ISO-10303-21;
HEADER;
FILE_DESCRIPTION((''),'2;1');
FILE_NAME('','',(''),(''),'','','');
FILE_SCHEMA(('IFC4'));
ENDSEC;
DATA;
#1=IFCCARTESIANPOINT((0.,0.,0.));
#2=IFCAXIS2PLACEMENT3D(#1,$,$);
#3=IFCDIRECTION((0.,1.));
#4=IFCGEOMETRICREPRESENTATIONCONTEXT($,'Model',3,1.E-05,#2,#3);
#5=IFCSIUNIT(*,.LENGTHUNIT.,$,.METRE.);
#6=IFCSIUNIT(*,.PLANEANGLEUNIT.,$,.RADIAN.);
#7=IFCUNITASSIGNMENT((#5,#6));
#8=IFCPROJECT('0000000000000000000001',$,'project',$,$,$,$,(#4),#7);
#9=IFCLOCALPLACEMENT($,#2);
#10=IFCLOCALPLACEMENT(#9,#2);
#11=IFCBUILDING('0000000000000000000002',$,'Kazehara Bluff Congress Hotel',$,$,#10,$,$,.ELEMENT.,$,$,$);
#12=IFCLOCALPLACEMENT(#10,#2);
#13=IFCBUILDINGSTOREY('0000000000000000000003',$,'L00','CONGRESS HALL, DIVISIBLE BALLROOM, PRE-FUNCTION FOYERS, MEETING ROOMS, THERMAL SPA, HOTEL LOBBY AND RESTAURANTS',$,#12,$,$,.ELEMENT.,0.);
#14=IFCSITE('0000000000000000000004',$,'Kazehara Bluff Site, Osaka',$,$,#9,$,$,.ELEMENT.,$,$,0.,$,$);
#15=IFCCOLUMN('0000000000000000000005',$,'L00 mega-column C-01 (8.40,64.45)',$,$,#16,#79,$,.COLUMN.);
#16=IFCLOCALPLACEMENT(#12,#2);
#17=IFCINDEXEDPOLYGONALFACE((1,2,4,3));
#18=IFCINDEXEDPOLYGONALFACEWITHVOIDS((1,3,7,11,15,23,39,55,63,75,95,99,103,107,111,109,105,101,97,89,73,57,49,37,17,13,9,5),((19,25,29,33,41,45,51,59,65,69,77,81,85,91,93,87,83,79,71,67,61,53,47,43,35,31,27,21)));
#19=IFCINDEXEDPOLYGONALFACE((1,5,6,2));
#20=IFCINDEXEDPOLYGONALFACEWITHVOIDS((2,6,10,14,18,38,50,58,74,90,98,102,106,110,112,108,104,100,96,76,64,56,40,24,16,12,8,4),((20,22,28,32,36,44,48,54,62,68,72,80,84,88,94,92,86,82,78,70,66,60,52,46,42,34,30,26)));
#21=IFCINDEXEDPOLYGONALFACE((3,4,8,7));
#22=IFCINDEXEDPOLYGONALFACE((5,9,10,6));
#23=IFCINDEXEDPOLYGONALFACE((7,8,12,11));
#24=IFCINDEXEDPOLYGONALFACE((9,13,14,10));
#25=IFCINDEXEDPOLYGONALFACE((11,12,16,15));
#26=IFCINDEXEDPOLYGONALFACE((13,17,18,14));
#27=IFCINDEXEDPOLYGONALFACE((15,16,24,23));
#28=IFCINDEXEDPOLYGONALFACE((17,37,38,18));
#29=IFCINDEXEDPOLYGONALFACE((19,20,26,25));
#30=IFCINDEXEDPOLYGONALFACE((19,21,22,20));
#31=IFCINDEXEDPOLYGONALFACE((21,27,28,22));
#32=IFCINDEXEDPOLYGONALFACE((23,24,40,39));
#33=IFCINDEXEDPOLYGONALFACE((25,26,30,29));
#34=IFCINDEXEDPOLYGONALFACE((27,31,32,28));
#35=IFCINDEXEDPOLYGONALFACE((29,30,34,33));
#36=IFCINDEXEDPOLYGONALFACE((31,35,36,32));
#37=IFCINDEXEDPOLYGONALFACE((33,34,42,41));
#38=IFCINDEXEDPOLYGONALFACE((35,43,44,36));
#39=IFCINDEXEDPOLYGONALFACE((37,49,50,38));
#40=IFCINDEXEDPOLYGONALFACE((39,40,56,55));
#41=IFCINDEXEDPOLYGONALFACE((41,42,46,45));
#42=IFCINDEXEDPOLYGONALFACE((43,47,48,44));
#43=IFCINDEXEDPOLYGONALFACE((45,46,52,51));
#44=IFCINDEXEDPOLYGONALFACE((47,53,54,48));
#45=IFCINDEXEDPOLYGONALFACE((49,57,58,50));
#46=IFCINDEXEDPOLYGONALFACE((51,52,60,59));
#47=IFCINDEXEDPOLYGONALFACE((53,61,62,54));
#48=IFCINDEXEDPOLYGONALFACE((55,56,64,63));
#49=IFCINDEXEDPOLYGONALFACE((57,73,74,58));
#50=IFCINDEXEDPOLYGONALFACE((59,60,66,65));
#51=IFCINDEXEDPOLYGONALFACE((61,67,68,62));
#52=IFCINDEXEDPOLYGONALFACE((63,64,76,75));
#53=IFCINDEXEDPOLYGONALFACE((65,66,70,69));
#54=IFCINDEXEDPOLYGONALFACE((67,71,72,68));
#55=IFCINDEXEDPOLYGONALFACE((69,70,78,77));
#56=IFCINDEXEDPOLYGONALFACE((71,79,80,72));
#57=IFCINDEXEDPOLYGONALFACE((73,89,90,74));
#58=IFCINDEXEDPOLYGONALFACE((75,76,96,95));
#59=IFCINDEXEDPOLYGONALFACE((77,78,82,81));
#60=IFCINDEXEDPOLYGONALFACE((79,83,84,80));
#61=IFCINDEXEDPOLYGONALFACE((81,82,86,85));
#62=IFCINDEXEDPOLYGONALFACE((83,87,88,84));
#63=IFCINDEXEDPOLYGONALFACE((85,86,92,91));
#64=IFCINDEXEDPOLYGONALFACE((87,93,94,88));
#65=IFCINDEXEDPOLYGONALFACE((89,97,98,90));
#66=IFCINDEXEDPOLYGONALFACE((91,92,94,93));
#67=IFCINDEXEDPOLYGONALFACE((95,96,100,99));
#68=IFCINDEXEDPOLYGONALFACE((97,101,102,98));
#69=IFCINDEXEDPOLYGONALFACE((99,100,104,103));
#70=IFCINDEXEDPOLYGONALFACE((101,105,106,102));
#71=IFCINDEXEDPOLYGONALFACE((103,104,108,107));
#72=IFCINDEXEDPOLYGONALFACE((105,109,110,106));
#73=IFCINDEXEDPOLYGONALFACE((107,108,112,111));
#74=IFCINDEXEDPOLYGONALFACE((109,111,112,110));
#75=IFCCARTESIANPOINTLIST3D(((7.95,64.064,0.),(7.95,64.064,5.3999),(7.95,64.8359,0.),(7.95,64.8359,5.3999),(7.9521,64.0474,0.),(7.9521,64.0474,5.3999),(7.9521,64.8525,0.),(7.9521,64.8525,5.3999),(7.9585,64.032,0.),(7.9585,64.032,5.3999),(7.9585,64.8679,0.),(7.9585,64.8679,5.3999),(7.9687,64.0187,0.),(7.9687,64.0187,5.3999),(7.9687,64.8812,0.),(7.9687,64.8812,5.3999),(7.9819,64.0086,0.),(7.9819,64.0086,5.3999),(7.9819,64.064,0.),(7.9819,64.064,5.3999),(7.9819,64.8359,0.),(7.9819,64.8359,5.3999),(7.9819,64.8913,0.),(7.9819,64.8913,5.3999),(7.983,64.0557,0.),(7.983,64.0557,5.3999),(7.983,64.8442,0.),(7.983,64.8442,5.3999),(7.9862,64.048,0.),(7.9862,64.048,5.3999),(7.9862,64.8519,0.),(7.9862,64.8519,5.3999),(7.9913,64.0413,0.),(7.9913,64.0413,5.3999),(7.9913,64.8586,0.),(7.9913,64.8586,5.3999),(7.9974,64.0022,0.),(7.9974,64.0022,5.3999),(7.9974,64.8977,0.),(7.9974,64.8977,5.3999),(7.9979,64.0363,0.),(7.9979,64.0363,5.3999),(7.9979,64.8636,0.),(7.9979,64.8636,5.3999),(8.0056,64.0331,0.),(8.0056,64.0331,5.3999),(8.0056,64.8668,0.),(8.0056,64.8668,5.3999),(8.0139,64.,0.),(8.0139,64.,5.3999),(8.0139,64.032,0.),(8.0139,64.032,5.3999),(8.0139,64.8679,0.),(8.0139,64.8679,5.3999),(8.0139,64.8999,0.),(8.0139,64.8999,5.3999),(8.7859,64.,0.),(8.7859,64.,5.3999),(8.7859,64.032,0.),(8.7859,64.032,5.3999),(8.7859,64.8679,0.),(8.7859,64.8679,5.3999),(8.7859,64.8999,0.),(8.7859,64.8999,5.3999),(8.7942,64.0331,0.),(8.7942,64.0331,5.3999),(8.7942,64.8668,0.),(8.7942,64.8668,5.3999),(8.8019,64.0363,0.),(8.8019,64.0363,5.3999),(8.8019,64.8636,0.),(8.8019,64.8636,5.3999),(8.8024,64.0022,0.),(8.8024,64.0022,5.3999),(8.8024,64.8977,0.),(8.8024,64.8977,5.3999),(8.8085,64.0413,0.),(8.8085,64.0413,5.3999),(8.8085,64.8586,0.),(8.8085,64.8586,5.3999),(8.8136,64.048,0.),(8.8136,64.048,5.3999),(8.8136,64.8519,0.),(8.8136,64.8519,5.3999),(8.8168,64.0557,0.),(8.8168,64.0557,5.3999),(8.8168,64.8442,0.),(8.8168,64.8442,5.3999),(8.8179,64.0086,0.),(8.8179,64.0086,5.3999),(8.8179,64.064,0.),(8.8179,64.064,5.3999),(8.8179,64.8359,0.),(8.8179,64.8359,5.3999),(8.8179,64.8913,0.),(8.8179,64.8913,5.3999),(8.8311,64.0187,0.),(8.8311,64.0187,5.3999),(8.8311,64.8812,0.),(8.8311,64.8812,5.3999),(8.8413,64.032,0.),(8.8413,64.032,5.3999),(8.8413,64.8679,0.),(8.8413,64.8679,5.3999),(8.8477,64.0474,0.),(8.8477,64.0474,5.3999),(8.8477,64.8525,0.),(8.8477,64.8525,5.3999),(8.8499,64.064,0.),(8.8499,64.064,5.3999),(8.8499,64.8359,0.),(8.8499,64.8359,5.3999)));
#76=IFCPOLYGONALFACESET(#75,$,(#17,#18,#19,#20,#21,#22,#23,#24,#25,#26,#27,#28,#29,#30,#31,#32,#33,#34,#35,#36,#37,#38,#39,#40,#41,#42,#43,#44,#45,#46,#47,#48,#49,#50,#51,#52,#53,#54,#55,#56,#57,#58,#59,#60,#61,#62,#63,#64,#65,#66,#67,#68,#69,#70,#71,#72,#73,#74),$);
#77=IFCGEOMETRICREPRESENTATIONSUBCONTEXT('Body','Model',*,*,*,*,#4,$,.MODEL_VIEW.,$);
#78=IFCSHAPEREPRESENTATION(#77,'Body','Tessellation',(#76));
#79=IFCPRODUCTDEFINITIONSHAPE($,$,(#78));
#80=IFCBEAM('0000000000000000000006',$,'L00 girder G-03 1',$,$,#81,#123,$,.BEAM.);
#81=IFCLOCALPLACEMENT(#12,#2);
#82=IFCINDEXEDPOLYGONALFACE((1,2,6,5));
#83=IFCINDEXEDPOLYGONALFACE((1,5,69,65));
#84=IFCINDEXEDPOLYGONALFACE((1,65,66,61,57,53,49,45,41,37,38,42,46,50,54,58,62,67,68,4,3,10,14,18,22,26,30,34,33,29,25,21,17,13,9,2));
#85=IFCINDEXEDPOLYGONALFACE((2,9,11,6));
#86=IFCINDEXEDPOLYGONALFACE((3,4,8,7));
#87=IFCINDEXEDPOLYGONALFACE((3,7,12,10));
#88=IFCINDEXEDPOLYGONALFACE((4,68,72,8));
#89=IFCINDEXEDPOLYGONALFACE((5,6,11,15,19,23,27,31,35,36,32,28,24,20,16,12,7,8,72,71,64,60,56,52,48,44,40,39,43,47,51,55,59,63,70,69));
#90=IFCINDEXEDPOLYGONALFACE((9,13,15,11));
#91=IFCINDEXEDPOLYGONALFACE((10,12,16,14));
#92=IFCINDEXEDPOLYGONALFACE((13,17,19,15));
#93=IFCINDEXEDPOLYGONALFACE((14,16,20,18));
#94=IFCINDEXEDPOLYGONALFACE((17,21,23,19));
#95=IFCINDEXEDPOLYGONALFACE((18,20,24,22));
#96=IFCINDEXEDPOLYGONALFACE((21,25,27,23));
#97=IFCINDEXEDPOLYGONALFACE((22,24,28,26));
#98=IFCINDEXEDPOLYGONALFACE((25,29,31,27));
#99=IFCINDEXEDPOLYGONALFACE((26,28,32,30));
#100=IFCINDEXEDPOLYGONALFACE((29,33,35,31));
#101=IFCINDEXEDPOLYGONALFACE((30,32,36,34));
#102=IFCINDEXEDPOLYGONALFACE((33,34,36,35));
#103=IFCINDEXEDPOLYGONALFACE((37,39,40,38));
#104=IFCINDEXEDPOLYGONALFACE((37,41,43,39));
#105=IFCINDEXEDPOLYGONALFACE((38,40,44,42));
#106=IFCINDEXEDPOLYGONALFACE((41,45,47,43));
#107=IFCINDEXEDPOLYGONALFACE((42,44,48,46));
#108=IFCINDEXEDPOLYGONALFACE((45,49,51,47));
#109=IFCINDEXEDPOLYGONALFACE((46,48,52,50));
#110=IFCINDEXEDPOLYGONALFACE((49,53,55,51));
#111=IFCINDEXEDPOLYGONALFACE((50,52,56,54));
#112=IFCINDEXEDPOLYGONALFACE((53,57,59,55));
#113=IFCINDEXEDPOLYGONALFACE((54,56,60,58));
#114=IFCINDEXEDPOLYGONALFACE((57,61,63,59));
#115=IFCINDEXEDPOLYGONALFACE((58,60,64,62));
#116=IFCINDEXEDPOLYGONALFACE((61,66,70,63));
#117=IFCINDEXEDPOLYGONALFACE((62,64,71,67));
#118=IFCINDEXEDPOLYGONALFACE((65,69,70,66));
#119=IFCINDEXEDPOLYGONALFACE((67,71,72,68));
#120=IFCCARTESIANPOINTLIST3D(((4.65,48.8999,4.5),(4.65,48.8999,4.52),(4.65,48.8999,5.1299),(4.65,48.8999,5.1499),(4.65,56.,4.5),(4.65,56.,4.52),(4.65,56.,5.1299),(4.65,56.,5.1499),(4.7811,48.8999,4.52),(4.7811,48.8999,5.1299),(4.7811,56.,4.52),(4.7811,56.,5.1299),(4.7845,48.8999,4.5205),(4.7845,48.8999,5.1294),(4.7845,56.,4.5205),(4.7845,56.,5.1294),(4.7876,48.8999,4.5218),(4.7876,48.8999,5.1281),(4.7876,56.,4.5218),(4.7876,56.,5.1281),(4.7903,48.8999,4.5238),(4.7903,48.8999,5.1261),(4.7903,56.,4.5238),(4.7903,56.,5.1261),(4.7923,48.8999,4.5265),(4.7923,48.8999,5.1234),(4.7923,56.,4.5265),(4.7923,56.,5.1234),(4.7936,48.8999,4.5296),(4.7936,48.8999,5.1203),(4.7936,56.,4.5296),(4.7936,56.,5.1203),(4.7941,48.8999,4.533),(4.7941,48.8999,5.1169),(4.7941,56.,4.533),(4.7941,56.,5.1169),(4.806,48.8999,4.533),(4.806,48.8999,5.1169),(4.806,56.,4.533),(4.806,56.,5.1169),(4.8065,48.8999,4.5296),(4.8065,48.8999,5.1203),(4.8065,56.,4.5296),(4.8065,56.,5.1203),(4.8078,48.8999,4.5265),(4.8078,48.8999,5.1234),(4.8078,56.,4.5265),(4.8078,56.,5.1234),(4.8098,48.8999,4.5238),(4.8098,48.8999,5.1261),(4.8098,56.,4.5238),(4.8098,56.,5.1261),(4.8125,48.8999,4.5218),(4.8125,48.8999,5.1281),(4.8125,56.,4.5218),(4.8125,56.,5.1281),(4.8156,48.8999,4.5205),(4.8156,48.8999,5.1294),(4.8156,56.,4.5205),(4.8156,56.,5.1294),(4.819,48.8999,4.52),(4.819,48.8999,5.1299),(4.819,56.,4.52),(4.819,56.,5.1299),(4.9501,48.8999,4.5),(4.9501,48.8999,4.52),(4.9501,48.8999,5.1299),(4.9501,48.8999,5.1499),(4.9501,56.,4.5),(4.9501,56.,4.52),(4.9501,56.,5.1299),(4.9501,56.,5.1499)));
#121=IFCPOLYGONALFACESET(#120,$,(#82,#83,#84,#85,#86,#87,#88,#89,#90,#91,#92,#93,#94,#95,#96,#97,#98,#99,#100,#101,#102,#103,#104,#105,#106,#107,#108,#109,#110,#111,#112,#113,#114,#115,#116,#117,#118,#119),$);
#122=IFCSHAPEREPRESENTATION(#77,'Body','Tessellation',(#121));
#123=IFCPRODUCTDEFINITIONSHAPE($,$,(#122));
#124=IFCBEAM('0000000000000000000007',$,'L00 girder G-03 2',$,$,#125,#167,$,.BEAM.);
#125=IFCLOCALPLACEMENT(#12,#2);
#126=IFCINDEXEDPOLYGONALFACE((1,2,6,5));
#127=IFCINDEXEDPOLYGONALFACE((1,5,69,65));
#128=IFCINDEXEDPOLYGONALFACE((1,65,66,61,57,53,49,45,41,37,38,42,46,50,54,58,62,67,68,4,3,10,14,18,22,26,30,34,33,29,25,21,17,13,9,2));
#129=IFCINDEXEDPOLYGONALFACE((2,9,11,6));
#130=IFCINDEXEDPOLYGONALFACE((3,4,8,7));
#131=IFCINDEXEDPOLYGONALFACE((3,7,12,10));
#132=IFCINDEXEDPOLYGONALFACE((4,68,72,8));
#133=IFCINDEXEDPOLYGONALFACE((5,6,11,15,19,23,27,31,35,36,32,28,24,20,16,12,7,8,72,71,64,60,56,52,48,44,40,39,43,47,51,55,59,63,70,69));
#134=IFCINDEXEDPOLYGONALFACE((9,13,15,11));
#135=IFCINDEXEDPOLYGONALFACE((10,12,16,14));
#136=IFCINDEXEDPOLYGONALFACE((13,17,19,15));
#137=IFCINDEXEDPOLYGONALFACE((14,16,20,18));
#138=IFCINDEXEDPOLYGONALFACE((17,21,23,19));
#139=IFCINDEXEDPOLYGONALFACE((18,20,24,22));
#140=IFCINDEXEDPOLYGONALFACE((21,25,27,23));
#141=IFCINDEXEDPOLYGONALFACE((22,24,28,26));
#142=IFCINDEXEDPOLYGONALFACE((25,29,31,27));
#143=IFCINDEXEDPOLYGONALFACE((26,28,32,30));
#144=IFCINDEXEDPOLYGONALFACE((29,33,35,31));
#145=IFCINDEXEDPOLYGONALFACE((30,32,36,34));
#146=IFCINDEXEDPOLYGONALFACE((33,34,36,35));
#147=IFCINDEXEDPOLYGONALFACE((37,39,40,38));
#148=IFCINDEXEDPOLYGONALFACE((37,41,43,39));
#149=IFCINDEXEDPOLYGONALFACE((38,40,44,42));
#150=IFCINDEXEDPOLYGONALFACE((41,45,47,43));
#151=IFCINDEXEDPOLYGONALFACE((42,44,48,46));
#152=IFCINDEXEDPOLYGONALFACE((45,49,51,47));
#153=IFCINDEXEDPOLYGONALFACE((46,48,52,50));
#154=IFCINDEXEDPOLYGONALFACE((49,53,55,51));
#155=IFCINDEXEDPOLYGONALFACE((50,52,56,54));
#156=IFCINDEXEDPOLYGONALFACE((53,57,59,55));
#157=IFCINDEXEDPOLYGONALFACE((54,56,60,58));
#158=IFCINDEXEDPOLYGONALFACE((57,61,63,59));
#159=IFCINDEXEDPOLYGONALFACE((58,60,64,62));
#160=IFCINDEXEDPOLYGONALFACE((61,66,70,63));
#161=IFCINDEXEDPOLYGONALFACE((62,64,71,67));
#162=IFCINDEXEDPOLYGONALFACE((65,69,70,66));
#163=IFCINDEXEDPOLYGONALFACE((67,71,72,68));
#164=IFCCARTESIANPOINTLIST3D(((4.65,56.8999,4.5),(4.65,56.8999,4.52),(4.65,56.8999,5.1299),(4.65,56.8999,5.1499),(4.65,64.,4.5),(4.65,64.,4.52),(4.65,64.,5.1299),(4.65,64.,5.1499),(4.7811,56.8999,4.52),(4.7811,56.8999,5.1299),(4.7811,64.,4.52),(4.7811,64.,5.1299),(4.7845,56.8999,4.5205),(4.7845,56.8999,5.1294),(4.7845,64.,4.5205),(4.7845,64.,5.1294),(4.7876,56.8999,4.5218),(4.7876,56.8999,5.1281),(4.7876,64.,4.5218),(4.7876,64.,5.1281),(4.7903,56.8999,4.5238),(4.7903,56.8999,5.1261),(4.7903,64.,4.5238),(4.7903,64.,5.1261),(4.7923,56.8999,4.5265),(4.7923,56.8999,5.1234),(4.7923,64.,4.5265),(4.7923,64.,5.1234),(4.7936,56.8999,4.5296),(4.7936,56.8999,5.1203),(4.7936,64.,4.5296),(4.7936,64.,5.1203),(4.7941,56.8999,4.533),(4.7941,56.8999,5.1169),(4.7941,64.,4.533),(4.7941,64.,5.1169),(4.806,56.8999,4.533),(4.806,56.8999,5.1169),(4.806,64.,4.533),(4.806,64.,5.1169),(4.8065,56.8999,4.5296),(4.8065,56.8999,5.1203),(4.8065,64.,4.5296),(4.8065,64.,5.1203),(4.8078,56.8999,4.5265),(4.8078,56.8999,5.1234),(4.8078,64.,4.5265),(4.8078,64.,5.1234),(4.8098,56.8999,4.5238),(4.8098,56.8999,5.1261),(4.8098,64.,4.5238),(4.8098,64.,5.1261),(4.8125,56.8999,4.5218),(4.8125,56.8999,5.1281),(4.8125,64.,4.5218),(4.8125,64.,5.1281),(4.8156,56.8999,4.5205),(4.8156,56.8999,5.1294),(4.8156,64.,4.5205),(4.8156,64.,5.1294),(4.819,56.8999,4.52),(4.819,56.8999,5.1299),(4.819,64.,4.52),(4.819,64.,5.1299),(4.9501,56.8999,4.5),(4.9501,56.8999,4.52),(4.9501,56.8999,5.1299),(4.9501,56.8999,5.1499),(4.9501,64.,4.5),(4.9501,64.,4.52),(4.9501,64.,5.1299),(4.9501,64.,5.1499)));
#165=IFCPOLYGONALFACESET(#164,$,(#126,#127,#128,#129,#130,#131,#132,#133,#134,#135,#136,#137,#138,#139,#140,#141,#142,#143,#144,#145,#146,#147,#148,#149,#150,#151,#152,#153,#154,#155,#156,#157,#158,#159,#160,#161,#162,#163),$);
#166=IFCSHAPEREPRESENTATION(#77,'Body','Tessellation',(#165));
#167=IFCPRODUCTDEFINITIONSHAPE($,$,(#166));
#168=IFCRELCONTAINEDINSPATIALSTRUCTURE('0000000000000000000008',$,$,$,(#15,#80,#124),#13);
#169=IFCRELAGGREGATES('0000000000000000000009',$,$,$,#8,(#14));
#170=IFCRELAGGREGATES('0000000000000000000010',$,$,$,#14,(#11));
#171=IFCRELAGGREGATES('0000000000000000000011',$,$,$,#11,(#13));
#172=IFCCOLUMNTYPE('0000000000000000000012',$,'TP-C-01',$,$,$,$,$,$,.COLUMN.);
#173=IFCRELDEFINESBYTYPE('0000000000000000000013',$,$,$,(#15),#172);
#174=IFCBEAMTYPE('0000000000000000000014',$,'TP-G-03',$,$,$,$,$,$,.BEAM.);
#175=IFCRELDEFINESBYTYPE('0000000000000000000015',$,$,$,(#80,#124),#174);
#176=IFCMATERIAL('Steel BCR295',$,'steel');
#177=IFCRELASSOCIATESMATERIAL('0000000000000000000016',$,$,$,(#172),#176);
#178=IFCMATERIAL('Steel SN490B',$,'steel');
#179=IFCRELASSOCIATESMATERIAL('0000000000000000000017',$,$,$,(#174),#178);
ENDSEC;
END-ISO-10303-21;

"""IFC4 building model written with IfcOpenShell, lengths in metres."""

from ifc_helpers import new_model, si_unit, direction, frame, origin, origin_2d, place, context, subcontext, project, spatial, hollow_rectangle, i_section, extrude, material, material_profile, profile_set, type_object, element, save


model = new_model("IFC4")

# Units and contexts
model_context = context("Model", 3, precision=1e-05, world=origin(), true_north=direction((0.0, 1.0)))
body_context = subcontext(model_context, "Body", "Model", "MODEL_VIEW")
ifc_project = project(units=[si_unit("LENGTHUNIT", "METRE"), si_unit("PLANEANGLEUNIT", "RADIAN")], contexts=[model_context])

# Site, building, storey
site_placement = place(None, origin())
site = spatial("IfcSite", under=ifc_project, at=site_placement, Name="Kazehara Bluff Site, Osaka", CompositionType="ELEMENT", RefElevation=0.0)
building_placement = place(site_placement, origin())
building = spatial("IfcBuilding", under=site, at=building_placement, Name="Kazehara Bluff Congress Hotel", CompositionType="ELEMENT")
storey_placement = place(building_placement, origin())
storey = spatial("IfcBuildingStorey", under=building, at=storey_placement, Name="L00", Description="CONGRESS HALL, DIVISIBLE BALLROOM, PRE-FUNCTION FOYERS, MEETING ROOMS, THERMAL SPA, HOTEL LOBBY AND RESTAURANTS", CompositionType="ELEMENT", Elevation=0.0)

# Column
ifc_material_1 = material(Name="Steel BCR295", Category="steel")
ifc_material_profile_1 = material_profile(ifc_material_1, hollow_rectangle(XDim=0.8999, YDim=0.8999, WallThickness=0.032, InnerFilletRadius=0.032, OuterFilletRadius=0.064, at=origin_2d()))
ifc_profile_set_1 = profile_set([ifc_material_profile_1], Name="Steel BCR295")
column_type = type_object("IfcColumnType", Name="TP-C-01", PredefinedType="COLUMN", material=ifc_profile_set_1)
for number, where, z_axis, x_axis, name in (
    (1, (8.3999, 64.45, 0.0), (0.0, 0.0, 1.0), (1.0, 0.0, 0.0), "L00 mega-column C-01 (8.40,64.45)"),
):
    element("IfcColumn", number, at=place(storey_placement, frame(where, z_axis=z_axis, x_axis=x_axis)), inside=storey, type_object=column_type, Name=name, PredefinedType="COLUMN", context=body_context, shape_type="SweptSolid", body=[
        extrude(hollow_rectangle(XDim=0.8999, YDim=0.8999, WallThickness=0.032, InnerFilletRadius=0.032, OuterFilletRadius=0.064, at=origin_2d()), origin(), (0.0, 0.0, 1.0), 5.3999),
    ])

# Beams
ifc_material_2 = material(Name="Steel SN490B", Category="steel")
ifc_material_profile_2 = material_profile(ifc_material_2, i_section(OverallWidth=0.3, OverallDepth=0.6499, WebThickness=0.012, FlangeThickness=0.02, FilletRadius=0.0129, at=origin_2d()))
ifc_profile_set_2 = profile_set([ifc_material_profile_2], Name="Steel SN490B")
beam_type_1 = type_object("IfcBeamType", Name="TP-G-03", PredefinedType="BEAM", material=ifc_profile_set_2)
for number, where, z_axis, x_axis, name in (
    (2, (4.8, 48.8999, 4.825), (0.0, 1.0, 0.0), (-1.0, 0.0, 0.0), "L00 girder G-03 1"),
    (3, (4.8, 56.8999, 4.825), (0.0, 1.0, 0.0), (-1.0, 0.0, 0.0), "L00 girder G-03 2"),
):
    element("IfcBeam", number, at=place(storey_placement, frame(where, z_axis=z_axis, x_axis=x_axis)), inside=storey, type_object=beam_type_1, Name=name, PredefinedType="BEAM", context=body_context, shape_type="SweptSolid", body=[
        extrude(i_section(OverallWidth=0.3, OverallDepth=0.6499, WebThickness=0.012, FlangeThickness=0.02, FilletRadius=0.0129, at=origin_2d()), origin(), (0.0, 0.0, 1.0), 7.1001),
    ])

save(model, "model.ifc")
